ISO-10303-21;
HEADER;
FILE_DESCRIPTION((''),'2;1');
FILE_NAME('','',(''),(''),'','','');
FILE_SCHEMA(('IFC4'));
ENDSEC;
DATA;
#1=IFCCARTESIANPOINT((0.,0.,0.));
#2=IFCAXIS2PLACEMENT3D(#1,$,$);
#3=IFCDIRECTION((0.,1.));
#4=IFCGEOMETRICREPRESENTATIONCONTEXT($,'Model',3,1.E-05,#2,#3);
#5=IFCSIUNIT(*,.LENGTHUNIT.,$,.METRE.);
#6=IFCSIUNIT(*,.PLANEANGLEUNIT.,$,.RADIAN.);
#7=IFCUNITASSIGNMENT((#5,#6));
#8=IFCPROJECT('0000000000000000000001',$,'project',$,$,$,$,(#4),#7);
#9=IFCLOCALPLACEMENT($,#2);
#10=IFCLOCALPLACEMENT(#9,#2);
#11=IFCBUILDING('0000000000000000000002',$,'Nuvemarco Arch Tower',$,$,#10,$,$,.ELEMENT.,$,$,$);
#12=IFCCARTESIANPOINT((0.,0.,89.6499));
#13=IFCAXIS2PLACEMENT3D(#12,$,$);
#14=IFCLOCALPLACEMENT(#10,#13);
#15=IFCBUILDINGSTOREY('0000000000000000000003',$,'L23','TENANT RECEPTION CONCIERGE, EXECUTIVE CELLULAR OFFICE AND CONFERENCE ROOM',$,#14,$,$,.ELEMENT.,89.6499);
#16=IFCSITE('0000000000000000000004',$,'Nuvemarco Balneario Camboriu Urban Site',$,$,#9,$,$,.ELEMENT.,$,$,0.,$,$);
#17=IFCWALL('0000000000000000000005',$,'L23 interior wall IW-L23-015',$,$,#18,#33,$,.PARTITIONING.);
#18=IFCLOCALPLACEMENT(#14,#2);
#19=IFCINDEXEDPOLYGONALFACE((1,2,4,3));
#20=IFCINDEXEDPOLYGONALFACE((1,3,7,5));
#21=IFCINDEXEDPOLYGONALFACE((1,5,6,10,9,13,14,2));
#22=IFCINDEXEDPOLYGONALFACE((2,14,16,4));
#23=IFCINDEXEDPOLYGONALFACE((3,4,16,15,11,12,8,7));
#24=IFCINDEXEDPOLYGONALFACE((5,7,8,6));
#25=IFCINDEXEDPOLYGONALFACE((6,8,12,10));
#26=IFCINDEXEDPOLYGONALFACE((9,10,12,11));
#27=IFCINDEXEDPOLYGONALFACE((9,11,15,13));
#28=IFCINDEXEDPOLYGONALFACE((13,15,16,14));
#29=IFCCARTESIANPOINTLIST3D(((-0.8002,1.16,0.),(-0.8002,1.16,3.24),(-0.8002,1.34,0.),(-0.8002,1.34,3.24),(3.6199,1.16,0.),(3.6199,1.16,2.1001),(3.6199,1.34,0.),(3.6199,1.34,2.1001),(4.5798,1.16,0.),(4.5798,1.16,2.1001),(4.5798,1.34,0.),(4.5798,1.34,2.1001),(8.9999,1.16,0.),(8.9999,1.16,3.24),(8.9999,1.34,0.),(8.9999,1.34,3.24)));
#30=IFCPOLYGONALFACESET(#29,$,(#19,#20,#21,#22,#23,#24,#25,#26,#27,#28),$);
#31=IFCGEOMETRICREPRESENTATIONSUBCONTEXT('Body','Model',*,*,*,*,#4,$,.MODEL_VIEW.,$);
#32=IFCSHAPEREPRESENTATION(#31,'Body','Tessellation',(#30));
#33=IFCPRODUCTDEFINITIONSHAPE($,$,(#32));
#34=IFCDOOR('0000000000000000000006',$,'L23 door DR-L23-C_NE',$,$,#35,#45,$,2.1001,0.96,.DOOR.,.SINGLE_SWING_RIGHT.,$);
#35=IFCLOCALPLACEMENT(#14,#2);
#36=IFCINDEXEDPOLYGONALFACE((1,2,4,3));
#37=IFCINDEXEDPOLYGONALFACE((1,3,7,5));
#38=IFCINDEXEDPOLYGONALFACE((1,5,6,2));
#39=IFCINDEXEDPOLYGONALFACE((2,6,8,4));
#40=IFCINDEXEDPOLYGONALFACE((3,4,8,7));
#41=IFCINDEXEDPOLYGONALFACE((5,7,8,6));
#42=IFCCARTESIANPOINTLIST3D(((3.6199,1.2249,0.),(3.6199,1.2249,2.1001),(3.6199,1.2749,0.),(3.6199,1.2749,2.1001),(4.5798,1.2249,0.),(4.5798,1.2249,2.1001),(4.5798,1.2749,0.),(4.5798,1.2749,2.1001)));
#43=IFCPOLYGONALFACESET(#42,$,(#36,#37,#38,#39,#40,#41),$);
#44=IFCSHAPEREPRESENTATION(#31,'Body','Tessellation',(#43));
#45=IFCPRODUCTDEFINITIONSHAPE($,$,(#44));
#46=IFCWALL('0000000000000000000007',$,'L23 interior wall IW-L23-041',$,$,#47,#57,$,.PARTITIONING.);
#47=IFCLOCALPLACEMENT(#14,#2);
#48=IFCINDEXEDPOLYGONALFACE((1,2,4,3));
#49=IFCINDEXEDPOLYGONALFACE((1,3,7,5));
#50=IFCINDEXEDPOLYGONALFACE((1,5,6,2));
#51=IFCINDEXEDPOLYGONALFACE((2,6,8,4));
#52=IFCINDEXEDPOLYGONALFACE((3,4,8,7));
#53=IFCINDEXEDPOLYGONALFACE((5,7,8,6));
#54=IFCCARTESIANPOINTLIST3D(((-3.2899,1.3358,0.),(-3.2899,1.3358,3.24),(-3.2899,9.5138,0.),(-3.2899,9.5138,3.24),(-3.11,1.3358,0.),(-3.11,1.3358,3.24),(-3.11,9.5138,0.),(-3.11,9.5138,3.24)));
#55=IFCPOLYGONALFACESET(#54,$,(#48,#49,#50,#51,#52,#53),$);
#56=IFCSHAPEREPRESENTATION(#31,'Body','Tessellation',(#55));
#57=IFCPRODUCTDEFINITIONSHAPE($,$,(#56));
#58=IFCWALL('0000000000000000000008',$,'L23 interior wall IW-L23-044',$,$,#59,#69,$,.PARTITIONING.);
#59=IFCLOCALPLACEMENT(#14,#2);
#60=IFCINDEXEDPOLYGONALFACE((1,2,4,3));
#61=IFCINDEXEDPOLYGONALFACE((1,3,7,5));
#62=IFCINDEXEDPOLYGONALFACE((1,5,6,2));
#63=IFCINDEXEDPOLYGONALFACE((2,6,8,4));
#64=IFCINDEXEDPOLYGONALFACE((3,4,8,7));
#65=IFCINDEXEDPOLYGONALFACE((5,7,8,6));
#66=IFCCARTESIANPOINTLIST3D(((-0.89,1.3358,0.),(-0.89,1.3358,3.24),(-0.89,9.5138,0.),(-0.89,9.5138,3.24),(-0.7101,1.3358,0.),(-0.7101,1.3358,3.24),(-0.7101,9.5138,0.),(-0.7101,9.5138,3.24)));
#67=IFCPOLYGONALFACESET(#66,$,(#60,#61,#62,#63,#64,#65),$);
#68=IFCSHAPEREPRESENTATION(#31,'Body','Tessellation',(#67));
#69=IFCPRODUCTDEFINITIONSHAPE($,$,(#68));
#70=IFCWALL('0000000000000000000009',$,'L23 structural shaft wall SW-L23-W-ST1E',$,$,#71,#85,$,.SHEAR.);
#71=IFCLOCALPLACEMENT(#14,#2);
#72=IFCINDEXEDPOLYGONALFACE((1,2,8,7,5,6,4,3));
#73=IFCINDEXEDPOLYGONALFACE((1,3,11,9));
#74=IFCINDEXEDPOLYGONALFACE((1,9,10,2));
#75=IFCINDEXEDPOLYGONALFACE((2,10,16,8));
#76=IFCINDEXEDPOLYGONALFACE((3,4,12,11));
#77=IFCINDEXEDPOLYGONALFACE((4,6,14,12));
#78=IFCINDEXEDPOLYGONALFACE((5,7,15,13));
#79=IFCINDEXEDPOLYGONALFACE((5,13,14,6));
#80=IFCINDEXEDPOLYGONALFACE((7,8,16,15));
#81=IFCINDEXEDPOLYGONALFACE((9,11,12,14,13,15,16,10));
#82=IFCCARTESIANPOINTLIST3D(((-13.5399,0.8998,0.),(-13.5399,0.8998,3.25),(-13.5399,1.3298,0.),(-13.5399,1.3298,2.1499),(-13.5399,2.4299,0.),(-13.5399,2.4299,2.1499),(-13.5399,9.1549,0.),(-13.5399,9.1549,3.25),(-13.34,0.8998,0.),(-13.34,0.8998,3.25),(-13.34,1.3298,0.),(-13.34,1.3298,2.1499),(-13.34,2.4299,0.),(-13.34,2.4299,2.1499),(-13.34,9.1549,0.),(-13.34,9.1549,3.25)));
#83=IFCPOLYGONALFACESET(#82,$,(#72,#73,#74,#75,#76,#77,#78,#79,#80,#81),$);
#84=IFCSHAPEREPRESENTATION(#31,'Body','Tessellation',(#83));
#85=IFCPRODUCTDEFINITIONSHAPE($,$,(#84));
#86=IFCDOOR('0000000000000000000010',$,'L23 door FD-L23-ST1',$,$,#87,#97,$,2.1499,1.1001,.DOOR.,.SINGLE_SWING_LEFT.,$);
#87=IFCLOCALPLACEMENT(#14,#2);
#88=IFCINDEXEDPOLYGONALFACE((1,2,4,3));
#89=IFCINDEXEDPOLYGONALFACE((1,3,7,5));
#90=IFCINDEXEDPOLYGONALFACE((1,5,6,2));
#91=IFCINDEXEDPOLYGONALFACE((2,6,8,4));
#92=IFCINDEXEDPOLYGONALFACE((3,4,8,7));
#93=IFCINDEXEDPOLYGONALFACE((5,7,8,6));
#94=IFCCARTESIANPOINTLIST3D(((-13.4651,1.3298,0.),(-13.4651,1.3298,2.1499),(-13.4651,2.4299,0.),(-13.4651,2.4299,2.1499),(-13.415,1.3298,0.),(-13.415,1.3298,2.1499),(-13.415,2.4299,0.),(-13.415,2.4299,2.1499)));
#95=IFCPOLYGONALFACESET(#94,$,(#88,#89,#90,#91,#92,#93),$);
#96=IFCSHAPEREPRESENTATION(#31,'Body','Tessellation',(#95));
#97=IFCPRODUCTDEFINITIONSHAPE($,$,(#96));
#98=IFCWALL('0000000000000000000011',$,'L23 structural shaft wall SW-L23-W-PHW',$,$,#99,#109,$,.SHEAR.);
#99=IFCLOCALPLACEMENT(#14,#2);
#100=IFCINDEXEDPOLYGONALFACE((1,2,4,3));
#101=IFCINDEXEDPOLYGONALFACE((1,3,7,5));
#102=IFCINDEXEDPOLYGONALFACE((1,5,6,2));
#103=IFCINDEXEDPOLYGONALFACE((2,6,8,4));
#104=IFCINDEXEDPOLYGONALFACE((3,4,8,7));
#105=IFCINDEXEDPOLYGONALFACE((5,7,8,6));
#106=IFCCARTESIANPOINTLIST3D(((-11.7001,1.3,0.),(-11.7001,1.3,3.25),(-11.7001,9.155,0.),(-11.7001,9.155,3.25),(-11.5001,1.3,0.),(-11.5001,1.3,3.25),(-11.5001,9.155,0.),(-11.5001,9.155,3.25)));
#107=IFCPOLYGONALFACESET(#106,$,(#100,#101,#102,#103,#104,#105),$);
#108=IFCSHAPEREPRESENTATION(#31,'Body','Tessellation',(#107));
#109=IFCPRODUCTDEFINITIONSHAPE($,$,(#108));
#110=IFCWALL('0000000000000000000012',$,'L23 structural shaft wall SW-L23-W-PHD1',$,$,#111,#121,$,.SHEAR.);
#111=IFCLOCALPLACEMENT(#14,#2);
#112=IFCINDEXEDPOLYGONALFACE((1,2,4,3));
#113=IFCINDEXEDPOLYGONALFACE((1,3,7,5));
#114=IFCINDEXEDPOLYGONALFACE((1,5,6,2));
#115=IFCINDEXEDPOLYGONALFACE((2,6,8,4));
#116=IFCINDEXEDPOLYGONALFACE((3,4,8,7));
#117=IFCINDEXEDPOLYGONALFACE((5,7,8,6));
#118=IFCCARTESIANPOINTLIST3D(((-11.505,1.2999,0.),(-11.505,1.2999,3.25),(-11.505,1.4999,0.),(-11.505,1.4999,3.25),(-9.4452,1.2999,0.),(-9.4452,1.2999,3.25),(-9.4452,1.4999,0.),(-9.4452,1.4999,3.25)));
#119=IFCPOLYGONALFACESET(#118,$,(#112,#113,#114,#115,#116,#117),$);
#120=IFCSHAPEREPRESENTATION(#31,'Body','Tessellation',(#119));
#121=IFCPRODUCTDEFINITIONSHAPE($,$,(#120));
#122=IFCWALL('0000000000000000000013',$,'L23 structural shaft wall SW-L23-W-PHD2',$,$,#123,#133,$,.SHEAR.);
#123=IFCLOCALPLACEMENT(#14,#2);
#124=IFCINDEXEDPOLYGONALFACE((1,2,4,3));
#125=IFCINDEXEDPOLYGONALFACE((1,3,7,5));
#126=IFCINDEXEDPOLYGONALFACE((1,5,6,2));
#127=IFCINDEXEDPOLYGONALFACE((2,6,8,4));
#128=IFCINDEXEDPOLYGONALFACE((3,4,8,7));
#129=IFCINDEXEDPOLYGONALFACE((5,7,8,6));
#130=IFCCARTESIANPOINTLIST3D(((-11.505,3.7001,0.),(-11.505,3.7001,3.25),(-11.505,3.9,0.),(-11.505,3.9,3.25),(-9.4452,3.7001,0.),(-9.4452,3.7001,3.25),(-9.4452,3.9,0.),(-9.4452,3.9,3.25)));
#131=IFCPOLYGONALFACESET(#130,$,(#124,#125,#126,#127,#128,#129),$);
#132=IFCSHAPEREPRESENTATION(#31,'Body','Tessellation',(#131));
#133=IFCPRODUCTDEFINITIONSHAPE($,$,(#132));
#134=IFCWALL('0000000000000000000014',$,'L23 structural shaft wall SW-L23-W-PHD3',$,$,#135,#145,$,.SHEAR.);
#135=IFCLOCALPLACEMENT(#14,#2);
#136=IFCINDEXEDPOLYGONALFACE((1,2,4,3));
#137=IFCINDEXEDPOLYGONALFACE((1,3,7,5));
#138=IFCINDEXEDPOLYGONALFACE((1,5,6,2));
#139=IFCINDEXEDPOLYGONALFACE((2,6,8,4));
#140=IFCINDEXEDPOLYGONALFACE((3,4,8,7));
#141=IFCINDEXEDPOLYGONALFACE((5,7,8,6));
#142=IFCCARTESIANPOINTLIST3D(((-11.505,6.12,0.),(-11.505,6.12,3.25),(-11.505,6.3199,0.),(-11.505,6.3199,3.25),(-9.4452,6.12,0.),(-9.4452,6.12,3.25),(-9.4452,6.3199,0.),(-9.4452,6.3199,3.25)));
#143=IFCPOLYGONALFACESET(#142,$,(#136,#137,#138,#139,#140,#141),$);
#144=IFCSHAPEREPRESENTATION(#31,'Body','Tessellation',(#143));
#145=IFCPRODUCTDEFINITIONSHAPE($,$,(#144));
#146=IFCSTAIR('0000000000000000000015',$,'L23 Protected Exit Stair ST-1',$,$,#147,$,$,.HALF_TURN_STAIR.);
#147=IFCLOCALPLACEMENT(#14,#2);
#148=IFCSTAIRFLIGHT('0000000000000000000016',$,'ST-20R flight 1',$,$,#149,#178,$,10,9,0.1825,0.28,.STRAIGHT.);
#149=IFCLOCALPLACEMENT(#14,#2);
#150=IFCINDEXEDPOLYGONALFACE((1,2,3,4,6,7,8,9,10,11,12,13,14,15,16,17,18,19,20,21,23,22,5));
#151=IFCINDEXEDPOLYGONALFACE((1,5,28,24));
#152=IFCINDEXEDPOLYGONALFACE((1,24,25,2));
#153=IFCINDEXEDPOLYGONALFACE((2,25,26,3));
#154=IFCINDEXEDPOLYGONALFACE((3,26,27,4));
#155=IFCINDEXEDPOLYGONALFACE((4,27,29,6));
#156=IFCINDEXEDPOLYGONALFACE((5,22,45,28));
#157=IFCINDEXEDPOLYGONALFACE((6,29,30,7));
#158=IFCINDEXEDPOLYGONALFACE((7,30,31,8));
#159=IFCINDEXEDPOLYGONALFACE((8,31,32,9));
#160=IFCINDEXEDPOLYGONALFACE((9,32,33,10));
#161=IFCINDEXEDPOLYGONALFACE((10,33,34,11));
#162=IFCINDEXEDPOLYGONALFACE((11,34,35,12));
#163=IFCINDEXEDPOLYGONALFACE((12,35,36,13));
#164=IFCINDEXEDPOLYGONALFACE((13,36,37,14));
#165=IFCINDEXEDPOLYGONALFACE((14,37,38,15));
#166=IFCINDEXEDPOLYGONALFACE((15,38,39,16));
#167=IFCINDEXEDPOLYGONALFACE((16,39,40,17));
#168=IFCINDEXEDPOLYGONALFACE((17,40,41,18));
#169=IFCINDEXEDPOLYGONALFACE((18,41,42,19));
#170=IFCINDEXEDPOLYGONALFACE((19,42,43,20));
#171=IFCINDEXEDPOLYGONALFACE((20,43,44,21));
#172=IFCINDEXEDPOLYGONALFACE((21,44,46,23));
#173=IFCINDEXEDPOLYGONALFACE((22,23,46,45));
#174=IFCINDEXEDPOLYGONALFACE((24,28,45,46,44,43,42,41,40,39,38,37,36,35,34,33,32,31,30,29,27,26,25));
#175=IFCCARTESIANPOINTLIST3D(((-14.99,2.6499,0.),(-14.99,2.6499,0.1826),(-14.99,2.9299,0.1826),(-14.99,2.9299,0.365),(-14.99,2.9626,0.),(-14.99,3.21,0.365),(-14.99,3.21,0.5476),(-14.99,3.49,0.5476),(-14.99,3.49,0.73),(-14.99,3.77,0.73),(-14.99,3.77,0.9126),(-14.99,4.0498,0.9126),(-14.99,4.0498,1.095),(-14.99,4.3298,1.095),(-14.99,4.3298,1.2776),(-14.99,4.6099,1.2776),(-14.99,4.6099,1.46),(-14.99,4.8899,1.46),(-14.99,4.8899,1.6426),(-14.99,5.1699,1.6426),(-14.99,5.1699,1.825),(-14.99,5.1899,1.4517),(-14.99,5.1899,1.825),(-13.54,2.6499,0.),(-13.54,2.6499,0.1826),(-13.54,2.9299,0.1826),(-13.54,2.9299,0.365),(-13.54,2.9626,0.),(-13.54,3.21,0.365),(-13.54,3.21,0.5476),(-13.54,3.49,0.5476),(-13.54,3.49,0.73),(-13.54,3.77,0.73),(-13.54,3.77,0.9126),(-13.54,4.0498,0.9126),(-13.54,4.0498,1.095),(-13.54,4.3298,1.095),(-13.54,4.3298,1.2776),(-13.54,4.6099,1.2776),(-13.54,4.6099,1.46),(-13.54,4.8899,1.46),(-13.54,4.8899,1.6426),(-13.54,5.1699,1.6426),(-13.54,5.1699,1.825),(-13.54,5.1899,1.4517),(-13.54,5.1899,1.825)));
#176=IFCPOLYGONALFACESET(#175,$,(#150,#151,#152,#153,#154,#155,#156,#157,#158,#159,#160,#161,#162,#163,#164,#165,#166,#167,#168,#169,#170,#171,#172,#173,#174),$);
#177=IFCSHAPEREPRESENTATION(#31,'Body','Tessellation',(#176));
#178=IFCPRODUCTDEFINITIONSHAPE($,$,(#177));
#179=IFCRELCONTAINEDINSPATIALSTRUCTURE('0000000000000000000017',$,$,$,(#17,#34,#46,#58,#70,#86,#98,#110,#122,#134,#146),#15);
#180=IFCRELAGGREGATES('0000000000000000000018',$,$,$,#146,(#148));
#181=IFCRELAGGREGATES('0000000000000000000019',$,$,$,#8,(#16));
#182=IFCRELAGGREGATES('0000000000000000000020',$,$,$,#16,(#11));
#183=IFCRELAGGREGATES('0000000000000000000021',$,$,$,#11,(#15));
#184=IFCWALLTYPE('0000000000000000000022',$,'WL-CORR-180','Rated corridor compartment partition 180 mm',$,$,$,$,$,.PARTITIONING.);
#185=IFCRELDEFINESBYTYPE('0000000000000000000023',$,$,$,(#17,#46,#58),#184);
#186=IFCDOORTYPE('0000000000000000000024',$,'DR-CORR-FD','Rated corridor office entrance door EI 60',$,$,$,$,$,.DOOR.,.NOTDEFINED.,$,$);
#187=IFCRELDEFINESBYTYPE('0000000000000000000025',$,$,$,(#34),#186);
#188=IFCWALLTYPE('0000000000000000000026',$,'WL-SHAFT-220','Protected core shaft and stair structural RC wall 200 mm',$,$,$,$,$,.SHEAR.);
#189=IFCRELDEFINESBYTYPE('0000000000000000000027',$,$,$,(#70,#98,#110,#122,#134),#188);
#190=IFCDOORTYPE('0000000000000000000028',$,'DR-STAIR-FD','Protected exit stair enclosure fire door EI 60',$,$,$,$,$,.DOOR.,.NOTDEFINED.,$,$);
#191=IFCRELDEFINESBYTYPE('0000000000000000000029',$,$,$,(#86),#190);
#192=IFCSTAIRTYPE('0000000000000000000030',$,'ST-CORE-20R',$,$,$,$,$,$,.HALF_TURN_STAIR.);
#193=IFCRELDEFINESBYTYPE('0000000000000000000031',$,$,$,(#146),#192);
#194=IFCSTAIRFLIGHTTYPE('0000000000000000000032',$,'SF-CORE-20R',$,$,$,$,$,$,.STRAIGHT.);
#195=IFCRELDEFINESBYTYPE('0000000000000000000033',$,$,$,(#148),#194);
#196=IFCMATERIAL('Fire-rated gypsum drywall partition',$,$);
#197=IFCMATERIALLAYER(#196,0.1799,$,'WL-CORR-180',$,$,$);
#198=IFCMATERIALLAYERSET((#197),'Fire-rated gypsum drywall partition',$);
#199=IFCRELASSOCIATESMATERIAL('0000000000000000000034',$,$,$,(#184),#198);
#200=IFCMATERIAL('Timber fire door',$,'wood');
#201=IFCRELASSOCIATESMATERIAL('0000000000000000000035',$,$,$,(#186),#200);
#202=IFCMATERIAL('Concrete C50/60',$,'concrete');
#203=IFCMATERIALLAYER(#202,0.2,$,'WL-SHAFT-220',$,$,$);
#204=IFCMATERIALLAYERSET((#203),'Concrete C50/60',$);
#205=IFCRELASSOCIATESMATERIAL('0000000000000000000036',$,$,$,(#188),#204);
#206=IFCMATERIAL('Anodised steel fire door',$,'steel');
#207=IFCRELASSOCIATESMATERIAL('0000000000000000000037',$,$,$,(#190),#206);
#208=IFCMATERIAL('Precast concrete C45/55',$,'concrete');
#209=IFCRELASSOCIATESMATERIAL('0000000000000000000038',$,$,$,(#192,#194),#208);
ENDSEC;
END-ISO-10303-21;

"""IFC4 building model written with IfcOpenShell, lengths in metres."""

from ifc_helpers import new_model, si_unit, direction, frame, frame_2d, origin, place, context, subcontext, project, spatial, polyline, rectangle, outline, extrude, source, transform, mapped, material, layer, layer_set, type_object, type_shapes, element, fill, aggregate, save


model = new_model("IFC4")

# Units and contexts
model_context = context("Model", 3, precision=1e-05, world=origin(), true_north=direction((0.0, 1.0)))
body_context = subcontext(model_context, "Body", "Model", "MODEL_VIEW")
ifc_project = project(units=[si_unit("LENGTHUNIT", "METRE"), si_unit("PLANEANGLEUNIT", "RADIAN")], contexts=[model_context])

# Site, building, storey
site_placement = place(None, origin())
site = spatial("IfcSite", under=ifc_project, at=site_placement, Name="Nuvemarco Balneario Camboriu Urban Site", CompositionType="ELEMENT", RefElevation=0.0)
building_placement = place(site_placement, origin())
building = spatial("IfcBuilding", under=site, at=building_placement, Name="Nuvemarco Arch Tower", CompositionType="ELEMENT")
storey_placement = place(building_placement, frame((0.0, 0.0, 89.6499)))
storey = spatial("IfcBuildingStorey", under=building, at=storey_placement, Name="L23", Description="TENANT RECEPTION CONCIERGE, EXECUTIVE CELLULAR OFFICE AND CONFERENCE ROOM", CompositionType="ELEMENT", Elevation=89.6499)

# Shared definitions
ifc_material_1 = material(Name="Concrete C50/60", Category="concrete")

# Wall, opening, door
ifc_material_2 = material(Name="Fire-rated gypsum drywall partition")
ifc_layer_1 = layer(ifc_material_2, 0.1799, Name="WL-CORR-180")
ifc_layer_set_1 = layer_set([ifc_layer_1], Name="Fire-rated gypsum drywall partition")
wall_type_1 = type_object("IfcWallType", Name="WL-CORR-180", Description="Rated corridor compartment partition 180 mm", PredefinedType="PARTITIONING", material=ifc_layer_set_1)
ifc_material_3 = material(Name="Timber fire door", Category="wood")
door_type_1 = type_object("IfcDoorType", Name="DR-CORR-FD", Description="Rated corridor office entrance door EI 60", OperationType="NOTDEFINED", PredefinedType="DOOR", material=ifc_material_3)
shared_shape_1 = source(origin(), body_context, "Body", "SweptSolid", [
    extrude(rectangle(XDim=0.96, YDim=2.1001, at=frame_2d((0.48, 1.05))), frame((0.0, 0.0249, 0.0), z_axis=(0.0, -1.0, 0.0), x_axis=(1.0, 0.0, 0.0)), (0.0, 0.0, 1.0), 0.05),
])
type_shapes(door_type_1, [shared_shape_1])
wall_1_placement = place(storey_placement, frame((-0.8, 1.25, 0.0), z_axis=(0.0, 0.0, 1.0), x_axis=(1.0, 0.0, 0.0)))
wall_1 = element("IfcWall", 1, at=wall_1_placement, inside=storey, type_object=wall_type_1, Name="L23 interior wall IW-L23-015", PredefinedType="PARTITIONING", context=body_context, shape_type="SweptSolid", body=[
    extrude(rectangle(XDim=9.8, YDim=0.1799, at=frame_2d((4.8999, 0.0))), origin(), (0.0, 0.0, 1.0), 3.24),
])
opening_1_placement = place(wall_1_placement, frame((4.4199, 0.0, 0.0)))
opening_1 = element("IfcOpeningElement", 2, at=opening_1_placement, cuts=wall_1, PredefinedType="OPENING", context=body_context, shape_type="SweptSolid", body=[
    extrude(rectangle(XDim=0.96, YDim=2.1001, at=frame_2d((0.48, 1.05))), frame((0.0, 0.0999, 0.0), z_axis=(0.0, -1.0, 0.0), x_axis=(1.0, 0.0, 0.0)), (0.0, 0.0, 1.0), 0.2),
])
door_1_placement = place(opening_1_placement, origin())
door_1 = element("IfcDoor", 3, at=door_1_placement, inside=storey, type_object=door_type_1, Name="L23 door DR-L23-C_NE", OperationType="SINGLE_SWING_RIGHT", OverallHeight=2.1001, OverallWidth=0.96, PredefinedType="DOOR", context=body_context, shape_type="MappedRepresentation", body=[
    mapped(shared_shape_1, transform((0.0, 0.0, 0.0), scale=1.0)),
])
fill(opening_1, door_1)

# Walls
for number, where, z_axis, x_axis, name in (
    (4, (-3.2, 1.3359, 0.0), (0.0, 0.0, 1.0), (0.0, 1.0, 0.0), "L23 interior wall IW-L23-041"),
    (5, (-0.8, 1.3359, 0.0), (0.0, 0.0, 1.0), (0.0, 1.0, 0.0), "L23 interior wall IW-L23-044"),
):
    element("IfcWall", number, at=place(storey_placement, frame(where, z_axis=z_axis, x_axis=x_axis)), inside=storey, type_object=wall_type_1, Name=name, PredefinedType="PARTITIONING", context=body_context, shape_type="SweptSolid", body=[
        extrude(rectangle(XDim=8.178, YDim=0.1799, at=frame_2d((4.0889, 0.0))), origin(), (0.0, 0.0, 1.0), 3.24),
    ])

# Wall, opening, door
ifc_layer_2 = layer(ifc_material_1, 0.2, Name="WL-SHAFT-220")
ifc_layer_set_2 = layer_set([ifc_layer_2], Name="Concrete C50/60")
wall_type_2 = type_object("IfcWallType", Name="WL-SHAFT-220", Description="Protected core shaft and stair structural RC wall 200 mm", PredefinedType="SHEAR", material=ifc_layer_set_2)
wall_2_placement = place(storey_placement, frame((-13.4399, 0.8999, 0.0), z_axis=(0.0, 0.0, 1.0), x_axis=(0.0, 1.0, 0.0)))
wall_2 = element("IfcWall", 6, at=wall_2_placement, inside=storey, type_object=wall_type_2, Name="L23 structural shaft wall SW-L23-W-ST1E", PredefinedType="SHEAR", context=body_context, shape_type="SweptSolid", body=[
    extrude(rectangle(XDim=8.2551, YDim=0.2, at=frame_2d((4.1274, 0.0))), origin(), (0.0, 0.0, 1.0), 3.25),
])
opening_2_placement = place(wall_2_placement, frame((1.53, 0.0, 0.0), z_axis=(0.0, 0.0, 1.0), x_axis=(-1.0, 0.0, 0.0)))
opening_2 = element("IfcOpeningElement", 7, at=opening_2_placement, cuts=wall_2, PredefinedType="OPENING", context=body_context, shape_type="SweptSolid", body=[
    extrude(rectangle(XDim=1.1001, YDim=2.1499, at=frame_2d((0.55, 1.075))), frame((0.0, 0.1099, 0.0), z_axis=(0.0, -1.0, 0.0), x_axis=(1.0, 0.0, 0.0)), (0.0, 0.0, 1.0), 0.22),
])
ifc_material_4 = material(Name="Anodised steel fire door", Category="steel")
door_type_2 = type_object("IfcDoorType", Name="DR-STAIR-FD", Description="Protected exit stair enclosure fire door EI 60", OperationType="NOTDEFINED", PredefinedType="DOOR", material=ifc_material_4)
shared_shape_2 = source(origin(), body_context, "Body", "SweptSolid", [
    extrude(rectangle(XDim=1.1001, YDim=2.1499, at=frame_2d((0.55, 1.075))), frame((0.0, 0.0249, 0.0), z_axis=(0.0, -1.0, 0.0), x_axis=(1.0, 0.0, 0.0)), (0.0, 0.0, 1.0), 0.05),
])
type_shapes(door_type_2, [shared_shape_2])
door_2_placement = place(opening_2_placement, origin())
door_2 = element("IfcDoor", 8, at=door_2_placement, inside=storey, type_object=door_type_2, Name="L23 door FD-L23-ST1", OperationType="SINGLE_SWING_LEFT", OverallHeight=2.1499, OverallWidth=1.1001, PredefinedType="DOOR", context=body_context, shape_type="MappedRepresentation", body=[
    mapped(shared_shape_2, transform((0.0, 0.0, 0.0), scale=1.0)),
])
fill(opening_2, door_2)

# Walls
wall_3_placement = place(storey_placement, frame((-11.6001, 1.3, 0.0), z_axis=(0.0, 0.0, 1.0), x_axis=(0.0, 1.0, 0.0)))
element("IfcWall", 9, at=wall_3_placement, inside=storey, type_object=wall_type_2, Name="L23 structural shaft wall SW-L23-W-PHW", PredefinedType="SHEAR", context=body_context, shape_type="SweptSolid", body=[
    extrude(rectangle(XDim=7.855, YDim=0.2, at=frame_2d((3.9275, 0.0))), origin(), (0.0, 0.0, 1.0), 3.25),
])
for number, where, z_axis, x_axis, name in (
    (10, (-11.5049, 1.3999, 0.0), (0.0, 0.0, 1.0), (1.0, 0.0, 0.0), "L23 structural shaft wall SW-L23-W-PHD1"),
    (11, (-11.5049, 3.8, 0.0), (0.0, 0.0, 1.0), (1.0, 0.0, 0.0), "L23 structural shaft wall SW-L23-W-PHD2"),
    (12, (-11.5049, 6.22, 0.0), (0.0, 0.0, 1.0), (1.0, 0.0, 0.0), "L23 structural shaft wall SW-L23-W-PHD3"),
):
    element("IfcWall", number, at=place(storey_placement, frame(where, z_axis=z_axis, x_axis=x_axis)), inside=storey, type_object=wall_type_2, Name=name, PredefinedType="SHEAR", context=body_context, shape_type="SweptSolid", body=[
        extrude(rectangle(XDim=2.0598, YDim=0.2, at=frame_2d((1.0298, 0.0))), origin(), (0.0, 0.0, 1.0), 3.25),
    ])

# Stair, stair flight
ifc_material_5 = material(Name="Precast concrete C45/55", Category="concrete")
stair_type = type_object("IfcStairType", Name="ST-CORE-20R", PredefinedType="HALF_TURN_STAIR", material=ifc_material_5)
stair_placement = place(storey_placement, origin())
stair = element("IfcStair", 13, at=stair_placement, inside=storey, type_object=stair_type, Name="L23 Protected Exit Stair ST-1", PredefinedType="HALF_TURN_STAIR")
stair_flight_type = type_object("IfcStairFlightType", Name="SF-CORE-20R", PredefinedType="STRAIGHT", material=ifc_material_5)
stair_flight_placement = place(storey_placement, frame((-14.2649, 2.6499, 0.0), z_axis=(0.0, 0.0, 1.0), x_axis=(0.0, 1.0, 0.0)))
stair_flight = element("IfcStairFlight", 14, at=stair_flight_placement, type_object=stair_flight_type, Name="ST-20R flight 1", NumberOfRisers=10, NumberOfTreads=9, PredefinedType="STRAIGHT", RiserHeight=0.1825, TreadLength=0.28, context=body_context, shape_type="SweptSolid", body=[
    extrude(outline(polyline([(0.0, 0.0), (0.0, 0.1826), (0.28, 0.1826), (0.28, 0.365), (0.5601, 0.365), (0.5601, 0.5476), (0.8401, 0.5476), (0.8401, 0.73), (1.1201, 0.73), (1.1201, 0.9126), (1.3999, 0.9126), (1.3999, 1.095), (1.6799, 1.095), (1.6799, 1.2776), (1.96, 1.2776), (1.96, 1.46), (2.24, 1.46), (2.24, 1.6426), (2.52, 1.6426), (2.52, 1.825), (2.54, 1.825), (2.54, 1.4517), (0.3127, 0.0), (0.0, 0.0)])), frame((0.0, 0.7251, 0.0), z_axis=(0.0, -1.0, 0.0), x_axis=(1.0, 0.0, 0.0)), (0.0, 0.0, 1.0), 1.45),
])
aggregate(stair, [stair_flight])

save(model, "model.ifc")
